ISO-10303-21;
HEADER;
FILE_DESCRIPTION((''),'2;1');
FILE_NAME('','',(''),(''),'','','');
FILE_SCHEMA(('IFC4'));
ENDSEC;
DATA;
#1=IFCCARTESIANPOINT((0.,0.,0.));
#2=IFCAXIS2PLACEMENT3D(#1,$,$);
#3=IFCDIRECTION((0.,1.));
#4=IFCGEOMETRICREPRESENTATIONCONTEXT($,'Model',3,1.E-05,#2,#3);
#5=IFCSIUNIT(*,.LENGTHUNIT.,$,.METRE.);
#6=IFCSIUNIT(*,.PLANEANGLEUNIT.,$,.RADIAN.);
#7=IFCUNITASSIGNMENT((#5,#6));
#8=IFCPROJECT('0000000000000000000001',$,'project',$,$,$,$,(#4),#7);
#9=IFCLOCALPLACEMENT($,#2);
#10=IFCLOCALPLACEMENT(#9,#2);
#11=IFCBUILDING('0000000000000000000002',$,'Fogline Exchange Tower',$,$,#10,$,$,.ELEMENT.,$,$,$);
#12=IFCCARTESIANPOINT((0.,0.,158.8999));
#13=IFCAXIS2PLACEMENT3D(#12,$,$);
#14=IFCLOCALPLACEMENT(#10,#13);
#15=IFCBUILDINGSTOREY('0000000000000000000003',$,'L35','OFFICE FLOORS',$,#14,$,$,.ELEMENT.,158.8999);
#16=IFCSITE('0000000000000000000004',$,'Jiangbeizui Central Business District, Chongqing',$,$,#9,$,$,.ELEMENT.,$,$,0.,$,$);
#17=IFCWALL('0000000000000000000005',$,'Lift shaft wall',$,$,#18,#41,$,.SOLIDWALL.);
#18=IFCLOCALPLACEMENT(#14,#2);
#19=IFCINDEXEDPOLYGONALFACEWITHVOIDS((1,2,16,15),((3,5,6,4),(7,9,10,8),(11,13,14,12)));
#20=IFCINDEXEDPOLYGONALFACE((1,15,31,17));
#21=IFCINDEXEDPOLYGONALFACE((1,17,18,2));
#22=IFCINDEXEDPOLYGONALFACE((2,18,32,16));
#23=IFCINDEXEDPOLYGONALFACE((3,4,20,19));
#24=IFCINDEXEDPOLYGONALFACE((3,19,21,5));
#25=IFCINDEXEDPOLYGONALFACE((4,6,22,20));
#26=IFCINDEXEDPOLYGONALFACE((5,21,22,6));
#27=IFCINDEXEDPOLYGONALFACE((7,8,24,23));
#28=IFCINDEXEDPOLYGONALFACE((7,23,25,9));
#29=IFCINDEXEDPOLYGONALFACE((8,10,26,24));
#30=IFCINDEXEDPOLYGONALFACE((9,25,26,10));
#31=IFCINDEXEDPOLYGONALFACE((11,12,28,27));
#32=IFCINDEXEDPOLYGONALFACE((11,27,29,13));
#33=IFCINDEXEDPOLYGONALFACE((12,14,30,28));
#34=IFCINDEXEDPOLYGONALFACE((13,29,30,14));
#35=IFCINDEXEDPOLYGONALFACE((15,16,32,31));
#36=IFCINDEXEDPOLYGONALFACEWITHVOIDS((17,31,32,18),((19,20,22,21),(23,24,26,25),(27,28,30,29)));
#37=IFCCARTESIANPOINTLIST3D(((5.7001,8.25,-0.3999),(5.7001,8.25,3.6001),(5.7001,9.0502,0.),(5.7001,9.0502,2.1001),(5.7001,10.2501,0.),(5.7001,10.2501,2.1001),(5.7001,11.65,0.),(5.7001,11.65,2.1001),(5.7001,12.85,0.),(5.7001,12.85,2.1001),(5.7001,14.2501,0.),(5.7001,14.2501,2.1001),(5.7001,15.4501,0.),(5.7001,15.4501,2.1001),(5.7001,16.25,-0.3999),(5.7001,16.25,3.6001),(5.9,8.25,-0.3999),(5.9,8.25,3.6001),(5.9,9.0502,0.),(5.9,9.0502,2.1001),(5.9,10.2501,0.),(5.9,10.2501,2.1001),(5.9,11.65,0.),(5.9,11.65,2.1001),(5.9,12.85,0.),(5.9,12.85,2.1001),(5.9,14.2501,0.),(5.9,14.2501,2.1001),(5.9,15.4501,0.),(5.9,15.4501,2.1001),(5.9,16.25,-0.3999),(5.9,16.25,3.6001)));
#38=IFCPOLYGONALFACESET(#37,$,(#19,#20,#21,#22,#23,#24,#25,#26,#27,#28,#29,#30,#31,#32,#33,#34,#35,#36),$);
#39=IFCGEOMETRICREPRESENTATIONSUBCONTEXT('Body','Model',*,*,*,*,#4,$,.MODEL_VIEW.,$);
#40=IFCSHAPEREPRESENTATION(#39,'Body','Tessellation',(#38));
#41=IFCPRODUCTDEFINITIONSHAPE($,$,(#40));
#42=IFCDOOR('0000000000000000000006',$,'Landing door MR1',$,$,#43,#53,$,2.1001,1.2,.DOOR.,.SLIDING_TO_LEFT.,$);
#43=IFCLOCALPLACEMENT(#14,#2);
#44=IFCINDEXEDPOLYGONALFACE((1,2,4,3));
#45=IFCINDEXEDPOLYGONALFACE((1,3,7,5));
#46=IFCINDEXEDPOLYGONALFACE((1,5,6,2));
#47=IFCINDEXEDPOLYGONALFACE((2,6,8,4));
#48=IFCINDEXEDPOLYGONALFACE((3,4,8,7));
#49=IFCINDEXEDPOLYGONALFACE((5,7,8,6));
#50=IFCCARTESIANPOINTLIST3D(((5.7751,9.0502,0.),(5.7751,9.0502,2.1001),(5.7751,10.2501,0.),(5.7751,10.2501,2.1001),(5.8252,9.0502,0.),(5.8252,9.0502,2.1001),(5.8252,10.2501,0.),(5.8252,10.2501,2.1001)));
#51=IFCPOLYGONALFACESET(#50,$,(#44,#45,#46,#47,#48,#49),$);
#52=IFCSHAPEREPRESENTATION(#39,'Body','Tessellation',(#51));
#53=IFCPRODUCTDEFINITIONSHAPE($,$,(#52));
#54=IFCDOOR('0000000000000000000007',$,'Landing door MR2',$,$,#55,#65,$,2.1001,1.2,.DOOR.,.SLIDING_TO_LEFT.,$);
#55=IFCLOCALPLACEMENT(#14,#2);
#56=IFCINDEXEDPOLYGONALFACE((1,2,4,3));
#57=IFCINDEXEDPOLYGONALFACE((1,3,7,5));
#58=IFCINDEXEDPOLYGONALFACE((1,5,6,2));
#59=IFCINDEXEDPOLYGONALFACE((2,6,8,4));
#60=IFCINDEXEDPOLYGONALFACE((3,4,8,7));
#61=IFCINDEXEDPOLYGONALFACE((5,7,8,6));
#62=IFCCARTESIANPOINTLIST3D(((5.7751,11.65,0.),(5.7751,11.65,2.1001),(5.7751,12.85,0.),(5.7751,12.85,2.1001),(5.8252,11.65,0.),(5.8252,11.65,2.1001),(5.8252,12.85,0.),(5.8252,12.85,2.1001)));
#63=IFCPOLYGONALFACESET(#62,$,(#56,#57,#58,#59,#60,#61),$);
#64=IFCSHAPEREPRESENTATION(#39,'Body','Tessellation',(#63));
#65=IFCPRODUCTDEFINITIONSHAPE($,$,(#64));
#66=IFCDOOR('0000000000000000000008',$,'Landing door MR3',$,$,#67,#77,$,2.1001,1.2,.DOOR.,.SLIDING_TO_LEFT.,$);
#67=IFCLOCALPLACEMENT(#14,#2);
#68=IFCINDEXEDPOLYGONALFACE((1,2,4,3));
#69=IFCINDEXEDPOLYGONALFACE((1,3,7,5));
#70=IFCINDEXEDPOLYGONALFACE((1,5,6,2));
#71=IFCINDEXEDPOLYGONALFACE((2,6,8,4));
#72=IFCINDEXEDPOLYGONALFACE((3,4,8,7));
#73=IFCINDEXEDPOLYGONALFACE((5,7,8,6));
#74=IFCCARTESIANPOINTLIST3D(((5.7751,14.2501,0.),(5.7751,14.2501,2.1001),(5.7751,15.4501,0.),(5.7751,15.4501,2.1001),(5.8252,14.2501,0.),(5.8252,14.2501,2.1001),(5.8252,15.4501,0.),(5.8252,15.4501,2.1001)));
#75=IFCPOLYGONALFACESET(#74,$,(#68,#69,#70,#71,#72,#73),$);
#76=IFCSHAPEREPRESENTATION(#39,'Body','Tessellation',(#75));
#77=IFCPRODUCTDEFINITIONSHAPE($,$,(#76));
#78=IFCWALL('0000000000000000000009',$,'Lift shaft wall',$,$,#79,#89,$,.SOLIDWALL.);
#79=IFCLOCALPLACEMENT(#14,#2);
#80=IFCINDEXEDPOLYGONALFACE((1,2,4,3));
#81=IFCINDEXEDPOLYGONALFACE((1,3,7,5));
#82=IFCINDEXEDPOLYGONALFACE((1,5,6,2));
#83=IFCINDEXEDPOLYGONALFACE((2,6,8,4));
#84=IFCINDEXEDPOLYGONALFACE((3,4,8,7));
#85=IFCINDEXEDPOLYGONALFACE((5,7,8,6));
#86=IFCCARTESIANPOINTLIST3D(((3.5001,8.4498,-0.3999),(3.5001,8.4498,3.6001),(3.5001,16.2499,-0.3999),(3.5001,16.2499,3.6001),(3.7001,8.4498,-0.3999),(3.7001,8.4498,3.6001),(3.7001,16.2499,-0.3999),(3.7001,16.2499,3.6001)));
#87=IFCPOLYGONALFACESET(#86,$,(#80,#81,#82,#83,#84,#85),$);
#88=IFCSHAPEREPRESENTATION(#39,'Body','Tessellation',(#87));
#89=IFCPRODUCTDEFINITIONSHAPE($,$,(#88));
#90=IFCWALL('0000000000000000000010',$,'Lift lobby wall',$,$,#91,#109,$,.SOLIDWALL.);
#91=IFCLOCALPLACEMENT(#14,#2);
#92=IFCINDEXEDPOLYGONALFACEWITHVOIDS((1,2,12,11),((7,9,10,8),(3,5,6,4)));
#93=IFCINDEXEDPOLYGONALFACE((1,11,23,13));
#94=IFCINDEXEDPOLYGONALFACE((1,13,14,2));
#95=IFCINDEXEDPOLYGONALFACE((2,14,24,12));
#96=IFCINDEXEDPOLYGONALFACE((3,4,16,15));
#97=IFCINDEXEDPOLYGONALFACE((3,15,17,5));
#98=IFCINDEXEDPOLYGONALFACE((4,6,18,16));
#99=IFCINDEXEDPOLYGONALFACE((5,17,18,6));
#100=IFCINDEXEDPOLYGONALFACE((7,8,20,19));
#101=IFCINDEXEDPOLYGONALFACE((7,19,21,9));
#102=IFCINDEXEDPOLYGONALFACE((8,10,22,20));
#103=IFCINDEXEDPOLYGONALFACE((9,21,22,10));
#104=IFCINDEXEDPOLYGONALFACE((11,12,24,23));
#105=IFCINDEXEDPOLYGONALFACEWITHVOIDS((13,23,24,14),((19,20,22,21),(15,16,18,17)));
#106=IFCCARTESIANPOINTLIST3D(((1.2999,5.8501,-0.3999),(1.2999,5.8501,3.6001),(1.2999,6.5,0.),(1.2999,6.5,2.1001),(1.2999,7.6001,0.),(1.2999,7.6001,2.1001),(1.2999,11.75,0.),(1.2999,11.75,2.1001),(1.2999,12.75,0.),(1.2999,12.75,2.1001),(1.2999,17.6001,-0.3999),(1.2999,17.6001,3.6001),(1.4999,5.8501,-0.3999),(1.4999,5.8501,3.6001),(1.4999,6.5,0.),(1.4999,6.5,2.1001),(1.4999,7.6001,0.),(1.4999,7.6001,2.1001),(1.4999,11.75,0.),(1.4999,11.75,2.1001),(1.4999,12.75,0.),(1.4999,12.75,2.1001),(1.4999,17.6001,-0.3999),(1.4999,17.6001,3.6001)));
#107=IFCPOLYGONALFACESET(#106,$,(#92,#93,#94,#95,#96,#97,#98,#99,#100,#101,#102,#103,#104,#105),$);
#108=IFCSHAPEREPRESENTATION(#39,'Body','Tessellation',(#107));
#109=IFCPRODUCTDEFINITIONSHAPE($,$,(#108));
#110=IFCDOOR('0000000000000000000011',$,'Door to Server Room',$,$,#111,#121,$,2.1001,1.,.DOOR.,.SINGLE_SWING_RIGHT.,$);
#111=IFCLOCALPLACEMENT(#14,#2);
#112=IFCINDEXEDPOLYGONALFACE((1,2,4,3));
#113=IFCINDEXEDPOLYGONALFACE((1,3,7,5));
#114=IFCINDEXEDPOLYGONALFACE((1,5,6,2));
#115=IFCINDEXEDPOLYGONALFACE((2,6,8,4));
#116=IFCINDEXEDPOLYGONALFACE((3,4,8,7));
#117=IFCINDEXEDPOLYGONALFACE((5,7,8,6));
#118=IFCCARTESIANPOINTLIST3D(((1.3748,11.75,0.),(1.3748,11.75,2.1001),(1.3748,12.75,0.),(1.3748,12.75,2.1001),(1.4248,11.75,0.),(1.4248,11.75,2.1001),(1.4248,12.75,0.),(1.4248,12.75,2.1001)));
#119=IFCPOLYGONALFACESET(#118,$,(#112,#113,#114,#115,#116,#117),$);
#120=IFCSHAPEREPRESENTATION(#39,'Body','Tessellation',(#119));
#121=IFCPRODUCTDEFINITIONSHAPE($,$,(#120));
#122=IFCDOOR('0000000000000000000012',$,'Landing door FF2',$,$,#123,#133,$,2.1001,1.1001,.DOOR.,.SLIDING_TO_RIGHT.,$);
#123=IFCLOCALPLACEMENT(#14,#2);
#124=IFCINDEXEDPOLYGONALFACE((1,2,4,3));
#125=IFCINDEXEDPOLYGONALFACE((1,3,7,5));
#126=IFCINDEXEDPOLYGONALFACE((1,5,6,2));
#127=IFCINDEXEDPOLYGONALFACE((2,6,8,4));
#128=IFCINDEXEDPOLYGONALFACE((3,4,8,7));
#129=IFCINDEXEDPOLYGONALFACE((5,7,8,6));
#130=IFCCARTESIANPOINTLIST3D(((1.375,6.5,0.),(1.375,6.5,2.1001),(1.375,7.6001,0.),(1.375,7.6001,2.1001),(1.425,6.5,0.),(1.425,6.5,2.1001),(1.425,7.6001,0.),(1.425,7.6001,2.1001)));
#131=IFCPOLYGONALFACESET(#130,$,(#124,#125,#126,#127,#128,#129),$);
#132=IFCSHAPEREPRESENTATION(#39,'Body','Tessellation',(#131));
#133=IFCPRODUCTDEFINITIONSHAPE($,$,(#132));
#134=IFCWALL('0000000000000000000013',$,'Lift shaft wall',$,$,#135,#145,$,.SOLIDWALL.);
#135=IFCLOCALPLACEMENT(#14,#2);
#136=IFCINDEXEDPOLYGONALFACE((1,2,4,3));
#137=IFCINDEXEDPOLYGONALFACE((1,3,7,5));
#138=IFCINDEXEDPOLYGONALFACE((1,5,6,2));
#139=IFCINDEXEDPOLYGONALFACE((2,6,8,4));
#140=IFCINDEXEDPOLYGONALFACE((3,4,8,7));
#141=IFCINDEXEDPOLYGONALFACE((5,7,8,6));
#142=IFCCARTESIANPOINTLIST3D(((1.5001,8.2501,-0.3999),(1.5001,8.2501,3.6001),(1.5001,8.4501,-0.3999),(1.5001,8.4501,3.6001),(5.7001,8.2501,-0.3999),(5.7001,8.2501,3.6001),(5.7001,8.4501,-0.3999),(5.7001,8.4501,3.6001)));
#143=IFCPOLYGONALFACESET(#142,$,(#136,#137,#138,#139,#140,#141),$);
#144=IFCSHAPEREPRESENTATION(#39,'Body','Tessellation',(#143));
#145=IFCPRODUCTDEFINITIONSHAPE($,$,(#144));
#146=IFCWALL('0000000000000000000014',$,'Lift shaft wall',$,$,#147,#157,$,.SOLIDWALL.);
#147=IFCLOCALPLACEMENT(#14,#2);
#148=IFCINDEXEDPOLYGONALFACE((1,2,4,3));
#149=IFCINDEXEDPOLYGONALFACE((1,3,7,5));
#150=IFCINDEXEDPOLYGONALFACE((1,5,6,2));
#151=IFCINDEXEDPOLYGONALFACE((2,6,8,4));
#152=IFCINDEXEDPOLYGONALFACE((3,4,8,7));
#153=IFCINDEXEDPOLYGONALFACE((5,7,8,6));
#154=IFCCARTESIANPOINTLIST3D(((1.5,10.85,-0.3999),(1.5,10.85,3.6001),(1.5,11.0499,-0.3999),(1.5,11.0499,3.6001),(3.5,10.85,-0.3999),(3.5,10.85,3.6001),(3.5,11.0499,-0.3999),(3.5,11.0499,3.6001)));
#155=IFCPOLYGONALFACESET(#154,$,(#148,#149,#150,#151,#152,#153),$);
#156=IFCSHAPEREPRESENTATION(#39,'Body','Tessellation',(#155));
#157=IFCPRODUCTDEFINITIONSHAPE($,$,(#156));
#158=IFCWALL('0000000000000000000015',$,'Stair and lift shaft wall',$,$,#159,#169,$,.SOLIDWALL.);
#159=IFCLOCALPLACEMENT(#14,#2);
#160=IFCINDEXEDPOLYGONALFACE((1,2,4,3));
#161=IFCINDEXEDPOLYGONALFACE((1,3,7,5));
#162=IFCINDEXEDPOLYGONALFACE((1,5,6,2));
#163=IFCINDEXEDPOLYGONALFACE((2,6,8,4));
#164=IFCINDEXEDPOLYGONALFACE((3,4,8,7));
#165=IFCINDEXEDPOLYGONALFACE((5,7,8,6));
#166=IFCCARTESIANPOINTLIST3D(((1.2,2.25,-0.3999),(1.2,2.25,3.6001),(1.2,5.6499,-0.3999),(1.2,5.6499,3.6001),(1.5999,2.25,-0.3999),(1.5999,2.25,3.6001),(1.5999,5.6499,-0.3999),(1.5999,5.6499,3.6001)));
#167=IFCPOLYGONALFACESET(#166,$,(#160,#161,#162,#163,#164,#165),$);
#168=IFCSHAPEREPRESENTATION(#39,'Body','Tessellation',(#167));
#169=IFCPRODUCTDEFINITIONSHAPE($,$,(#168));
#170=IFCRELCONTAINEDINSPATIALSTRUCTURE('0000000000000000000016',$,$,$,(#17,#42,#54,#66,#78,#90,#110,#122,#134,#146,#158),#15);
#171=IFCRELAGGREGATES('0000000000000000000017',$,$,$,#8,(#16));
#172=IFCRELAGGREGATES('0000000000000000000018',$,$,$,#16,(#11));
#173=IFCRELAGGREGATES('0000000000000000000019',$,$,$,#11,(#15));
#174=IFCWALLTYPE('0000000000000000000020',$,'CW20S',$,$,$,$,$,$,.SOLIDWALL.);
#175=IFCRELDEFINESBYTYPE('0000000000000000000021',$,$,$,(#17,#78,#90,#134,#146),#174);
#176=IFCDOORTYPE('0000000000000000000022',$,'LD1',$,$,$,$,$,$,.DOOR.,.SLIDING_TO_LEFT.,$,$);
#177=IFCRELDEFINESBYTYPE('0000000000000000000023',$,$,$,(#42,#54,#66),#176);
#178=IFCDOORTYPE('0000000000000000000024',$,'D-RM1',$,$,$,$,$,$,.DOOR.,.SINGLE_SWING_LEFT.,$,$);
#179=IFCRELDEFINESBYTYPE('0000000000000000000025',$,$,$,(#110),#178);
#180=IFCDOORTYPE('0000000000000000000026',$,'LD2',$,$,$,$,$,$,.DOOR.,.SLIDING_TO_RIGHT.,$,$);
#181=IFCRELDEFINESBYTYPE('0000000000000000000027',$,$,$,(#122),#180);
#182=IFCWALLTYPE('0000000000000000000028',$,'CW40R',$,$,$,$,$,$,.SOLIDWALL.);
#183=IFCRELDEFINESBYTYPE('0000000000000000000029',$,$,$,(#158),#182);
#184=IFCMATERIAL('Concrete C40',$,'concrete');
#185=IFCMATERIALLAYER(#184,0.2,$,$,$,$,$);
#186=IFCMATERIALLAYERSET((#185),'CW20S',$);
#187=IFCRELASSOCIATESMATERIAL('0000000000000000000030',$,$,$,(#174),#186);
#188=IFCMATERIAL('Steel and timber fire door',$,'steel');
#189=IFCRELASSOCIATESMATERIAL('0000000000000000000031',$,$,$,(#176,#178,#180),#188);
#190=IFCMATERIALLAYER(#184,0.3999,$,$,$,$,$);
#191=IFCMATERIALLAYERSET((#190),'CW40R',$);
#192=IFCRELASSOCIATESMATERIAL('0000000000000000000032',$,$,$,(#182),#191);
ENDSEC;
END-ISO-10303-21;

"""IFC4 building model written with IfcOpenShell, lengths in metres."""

from ifc_helpers import new_model, si_unit, direction, frame, frame_2d, origin, place, context, subcontext, project, spatial, rectangle, extrude, material, layer, layer_set, type_object, element, fill, save


model = new_model("IFC4")

# Units and contexts
model_context = context("Model", 3, precision=1e-05, world=origin(), true_north=direction((0.0, 1.0)))
body_context = subcontext(model_context, "Body", "Model", "MODEL_VIEW")
ifc_project = project(units=[si_unit("LENGTHUNIT", "METRE"), si_unit("PLANEANGLEUNIT", "RADIAN")], contexts=[model_context])

# Site, building, storey
site_placement = place(None, origin())
site = spatial("IfcSite", under=ifc_project, at=site_placement, Name="Jiangbeizui Central Business District, Chongqing", CompositionType="ELEMENT", RefElevation=0.0)
building_placement = place(site_placement, origin())
building = spatial("IfcBuilding", under=site, at=building_placement, Name="Fogline Exchange Tower", CompositionType="ELEMENT")
storey_placement = place(building_placement, frame((0.0, 0.0, 158.8999)))
storey = spatial("IfcBuildingStorey", under=building, at=storey_placement, Name="L35", Description="OFFICE FLOORS", CompositionType="ELEMENT", Elevation=158.8999)

# Shared definitions
ifc_material_1 = material(Name="Concrete C40", Category="concrete")

# Shared definitions
ifc_material_2 = material(Name="Steel and timber fire door", Category="steel")

# Wall, openings, doors
ifc_layer_1 = layer(ifc_material_1, 0.2)
ifc_layer_set_1 = layer_set([ifc_layer_1], Name="CW20S")
wall_type_1 = type_object("IfcWallType", Name="CW20S", PredefinedType="SOLIDWALL", material=ifc_layer_set_1)
wall_1_placement = place(storey_placement, frame((5.8, 8.25, -0.3999), z_axis=(0.0, 0.0, 1.0), x_axis=(0.0, 1.0, 0.0)))
wall_1 = element("IfcWall", 1, at=wall_1_placement, inside=storey, type_object=wall_type_1, Name="Lift shaft wall", PredefinedType="SOLIDWALL", context=body_context, shape_type="SweptSolid", body=[
    extrude(rectangle(XDim=8.0, YDim=0.2, at=frame_2d((4.0, 0.0))), origin(), (0.0, 0.0, 1.0), 4.0),
])
opening_1_placement = place(wall_1_placement, frame((0.8, 0.0, 0.3999)))
opening_1 = element("IfcOpeningElement", 2, at=opening_1_placement, cuts=wall_1, PredefinedType="OPENING", context=body_context, shape_type="SweptSolid", body=[
    extrude(rectangle(XDim=1.2, YDim=2.1001, at=frame_2d((0.6001, 1.05))), frame((0.0, 0.1099, 0.0), z_axis=(0.0, -1.0, 0.0), x_axis=(1.0, 0.0, 0.0)), (0.0, 0.0, 1.0), 0.22),
])
opening_2_placement = place(wall_1_placement, frame((3.3999, 0.0, 0.3999)))
opening_2 = element("IfcOpeningElement", 3, at=opening_2_placement, cuts=wall_1, PredefinedType="OPENING", context=body_context, shape_type="SweptSolid", body=[
    extrude(rectangle(XDim=1.2, YDim=2.1001, at=frame_2d((0.6001, 1.05))), frame((0.0, 0.1099, 0.0), z_axis=(0.0, -1.0, 0.0), x_axis=(1.0, 0.0, 0.0)), (0.0, 0.0, 1.0), 0.22),
])
opening_3_placement = place(wall_1_placement, frame((6.0, 0.0, 0.3999)))
opening_3 = element("IfcOpeningElement", 4, at=opening_3_placement, cuts=wall_1, PredefinedType="OPENING", context=body_context, shape_type="SweptSolid", body=[
    extrude(rectangle(XDim=1.2, YDim=2.1001, at=frame_2d((0.6001, 1.05))), frame((0.0, 0.1099, 0.0), z_axis=(0.0, -1.0, 0.0), x_axis=(1.0, 0.0, 0.0)), (0.0, 0.0, 1.0), 0.22),
])
door_type_1 = type_object("IfcDoorType", Name="LD1", OperationType="SLIDING_TO_LEFT", PredefinedType="DOOR", material=ifc_material_2)
door_1_placement = place(opening_1_placement, origin())
door_1 = element("IfcDoor", 5, at=door_1_placement, inside=storey, type_object=door_type_1, Name="Landing door MR1", OperationType="SLIDING_TO_LEFT", OverallHeight=2.1001, OverallWidth=1.2, PredefinedType="DOOR", context=body_context, shape_type="SweptSolid", body=[
    extrude(rectangle(XDim=1.2, YDim=2.1001, at=frame_2d((0.6001, 1.05))), frame((0.0, 0.0249, 0.0), z_axis=(0.0, -1.0, 0.0), x_axis=(1.0, 0.0, 0.0)), (0.0, 0.0, 1.0), 0.05),
])
fill(opening_1, door_1)
door_2_placement = place(opening_2_placement, origin())
door_2 = element("IfcDoor", 6, at=door_2_placement, inside=storey, type_object=door_type_1, Name="Landing door MR2", OperationType="SLIDING_TO_LEFT", OverallHeight=2.1001, OverallWidth=1.2, PredefinedType="DOOR", context=body_context, shape_type="SweptSolid", body=[
    extrude(rectangle(XDim=1.2, YDim=2.1001, at=frame_2d((0.6001, 1.05))), frame((0.0, 0.0249, 0.0), z_axis=(0.0, -1.0, 0.0), x_axis=(1.0, 0.0, 0.0)), (0.0, 0.0, 1.0), 0.05),
])
fill(opening_2, door_2)
door_3_placement = place(opening_3_placement, origin())
door_3 = element("IfcDoor", 7, at=door_3_placement, inside=storey, type_object=door_type_1, Name="Landing door MR3", OperationType="SLIDING_TO_LEFT", OverallHeight=2.1001, OverallWidth=1.2, PredefinedType="DOOR", context=body_context, shape_type="SweptSolid", body=[
    extrude(rectangle(XDim=1.2, YDim=2.1001, at=frame_2d((0.6001, 1.05))), frame((0.0, 0.0249, 0.0), z_axis=(0.0, -1.0, 0.0), x_axis=(1.0, 0.0, 0.0)), (0.0, 0.0, 1.0), 0.05),
])
fill(opening_3, door_3)

# Wall
wall_2_placement = place(storey_placement, frame((3.6001, 8.45, -0.3999), z_axis=(0.0, 0.0, 1.0), x_axis=(0.0, 1.0, 0.0)))
element("IfcWall", 8, at=wall_2_placement, inside=storey, type_object=wall_type_1, Name="Lift shaft wall", PredefinedType="SOLIDWALL", context=body_context, shape_type="SweptSolid", body=[
    extrude(rectangle(XDim=7.8, YDim=0.2, at=frame_2d((3.8999, 0.0))), origin(), (0.0, 0.0, 1.0), 4.0),
])

# Wall, openings, doors
wall_3_placement = place(storey_placement, frame((1.3999, 5.8501, -0.3999), z_axis=(0.0, 0.0, 1.0), x_axis=(0.0, 1.0, 0.0)))
wall_3 = element("IfcWall", 9, at=wall_3_placement, inside=storey, type_object=wall_type_1, Name="Lift lobby wall", PredefinedType="SOLIDWALL", context=body_context, shape_type="SweptSolid", body=[
    extrude(rectangle(XDim=11.75, YDim=0.2, at=frame_2d((5.875, 0.0))), origin(), (0.0, 0.0, 1.0), 4.0),
])
opening_4_placement = place(wall_3_placement, frame((0.6499, 0.0, 0.3999)))
opening_4 = element("IfcOpeningElement", 10, at=opening_4_placement, cuts=wall_3, PredefinedType="OPENING", context=body_context, shape_type="SweptSolid", body=[
    extrude(rectangle(XDim=1.1001, YDim=2.1001, at=frame_2d((0.55, 1.05))), frame((0.0, 0.1099, 0.0), z_axis=(0.0, -1.0, 0.0), x_axis=(1.0, 0.0, 0.0)), (0.0, 0.0, 1.0), 0.22),
])
opening_5_placement = place(wall_3_placement, frame((5.8999, 0.0, 0.3999)))
opening_5 = element("IfcOpeningElement", 11, at=opening_5_placement, cuts=wall_3, PredefinedType="OPENING", context=body_context, shape_type="SweptSolid", body=[
    extrude(rectangle(XDim=1.0, YDim=2.1001, at=frame_2d((0.5, 1.05))), frame((0.0, 0.1099, 0.0), z_axis=(0.0, -1.0, 0.0), x_axis=(1.0, 0.0, 0.0)), (0.0, 0.0, 1.0), 0.22),
])
door_type_2 = type_object("IfcDoorType", Name="D-RM1", OperationType="SINGLE_SWING_LEFT", PredefinedType="DOOR", material=ifc_material_2)
door_4_placement = place(opening_5_placement, frame((1.0, 0.0, 0.0), z_axis=(0.0, 0.0, 1.0), x_axis=(-1.0, 0.0, 0.0)))
door_4 = element("IfcDoor", 12, at=door_4_placement, inside=storey, type_object=door_type_2, Name="Door to Server Room", OperationType="SINGLE_SWING_RIGHT", OverallHeight=2.1001, OverallWidth=1.0, PredefinedType="DOOR", context=body_context, shape_type="SweptSolid", body=[
    extrude(rectangle(XDim=1.0, YDim=2.1001, at=frame_2d((0.5, 1.05))), frame((0.0, 0.0249, 0.0), z_axis=(0.0, -1.0, 0.0), x_axis=(1.0, 0.0, 0.0)), (0.0, 0.0, 1.0), 0.05),
])
fill(opening_5, door_4)
door_type_3 = type_object("IfcDoorType", Name="LD2", OperationType="SLIDING_TO_RIGHT", PredefinedType="DOOR", material=ifc_material_2)
door_5_placement = place(opening_4_placement, origin())
door_5 = element("IfcDoor", 13, at=door_5_placement, inside=storey, type_object=door_type_3, Name="Landing door FF2", OperationType="SLIDING_TO_RIGHT", OverallHeight=2.1001, OverallWidth=1.1001, PredefinedType="DOOR", context=body_context, shape_type="SweptSolid", body=[
    extrude(rectangle(XDim=1.1001, YDim=2.1001, at=frame_2d((0.55, 1.05))), frame((0.0, 0.0249, 0.0), z_axis=(0.0, -1.0, 0.0), x_axis=(1.0, 0.0, 0.0)), (0.0, 0.0, 1.0), 0.05),
])
fill(opening_4, door_5)

# Walls
wall_4_placement = place(storey_placement, frame((1.5, 8.3501, -0.3999), z_axis=(0.0, 0.0, 1.0), x_axis=(1.0, 0.0, 0.0)))
element("IfcWall", 14, at=wall_4_placement, inside=storey, type_object=wall_type_1, Name="Lift shaft wall", PredefinedType="SOLIDWALL", context=body_context, shape_type="SweptSolid", body=[
    extrude(rectangle(XDim=4.2, YDim=0.2, at=frame_2d((2.1001, 0.0))), origin(), (0.0, 0.0, 1.0), 4.0),
])
wall_5_placement = place(storey_placement, frame((1.5, 10.95, -0.3999), z_axis=(0.0, 0.0, 1.0), x_axis=(1.0, 0.0, 0.0)))
element("IfcWall", 15, at=wall_5_placement, inside=storey, type_object=wall_type_1, Name="Lift shaft wall", PredefinedType="SOLIDWALL", context=body_context, shape_type="SweptSolid", body=[
    extrude(rectangle(XDim=2.0, YDim=0.2, at=frame_2d((1.0, 0.0))), origin(), (0.0, 0.0, 1.0), 4.0),
])
ifc_layer_2 = layer(ifc_material_1, 0.3999)
ifc_layer_set_2 = layer_set([ifc_layer_2], Name="CW40R")
wall_type_2 = type_object("IfcWallType", Name="CW40R", PredefinedType="SOLIDWALL", material=ifc_layer_set_2)
wall_6_placement = place(storey_placement, frame((1.3999, 2.25, -0.3999), z_axis=(0.0, 0.0, 1.0), x_axis=(0.0, 1.0, 0.0)))
element("IfcWall", 16, at=wall_6_placement, inside=storey, type_object=wall_type_2, Name="Stair and lift shaft wall", PredefinedType="SOLIDWALL", context=body_context, shape_type="SweptSolid", body=[
    extrude(rectangle(XDim=3.3999, YDim=0.3999, at=frame_2d((1.7, 0.0))), origin(), (0.0, 0.0, 1.0), 4.0),
])

save(model, "model.ifc")
